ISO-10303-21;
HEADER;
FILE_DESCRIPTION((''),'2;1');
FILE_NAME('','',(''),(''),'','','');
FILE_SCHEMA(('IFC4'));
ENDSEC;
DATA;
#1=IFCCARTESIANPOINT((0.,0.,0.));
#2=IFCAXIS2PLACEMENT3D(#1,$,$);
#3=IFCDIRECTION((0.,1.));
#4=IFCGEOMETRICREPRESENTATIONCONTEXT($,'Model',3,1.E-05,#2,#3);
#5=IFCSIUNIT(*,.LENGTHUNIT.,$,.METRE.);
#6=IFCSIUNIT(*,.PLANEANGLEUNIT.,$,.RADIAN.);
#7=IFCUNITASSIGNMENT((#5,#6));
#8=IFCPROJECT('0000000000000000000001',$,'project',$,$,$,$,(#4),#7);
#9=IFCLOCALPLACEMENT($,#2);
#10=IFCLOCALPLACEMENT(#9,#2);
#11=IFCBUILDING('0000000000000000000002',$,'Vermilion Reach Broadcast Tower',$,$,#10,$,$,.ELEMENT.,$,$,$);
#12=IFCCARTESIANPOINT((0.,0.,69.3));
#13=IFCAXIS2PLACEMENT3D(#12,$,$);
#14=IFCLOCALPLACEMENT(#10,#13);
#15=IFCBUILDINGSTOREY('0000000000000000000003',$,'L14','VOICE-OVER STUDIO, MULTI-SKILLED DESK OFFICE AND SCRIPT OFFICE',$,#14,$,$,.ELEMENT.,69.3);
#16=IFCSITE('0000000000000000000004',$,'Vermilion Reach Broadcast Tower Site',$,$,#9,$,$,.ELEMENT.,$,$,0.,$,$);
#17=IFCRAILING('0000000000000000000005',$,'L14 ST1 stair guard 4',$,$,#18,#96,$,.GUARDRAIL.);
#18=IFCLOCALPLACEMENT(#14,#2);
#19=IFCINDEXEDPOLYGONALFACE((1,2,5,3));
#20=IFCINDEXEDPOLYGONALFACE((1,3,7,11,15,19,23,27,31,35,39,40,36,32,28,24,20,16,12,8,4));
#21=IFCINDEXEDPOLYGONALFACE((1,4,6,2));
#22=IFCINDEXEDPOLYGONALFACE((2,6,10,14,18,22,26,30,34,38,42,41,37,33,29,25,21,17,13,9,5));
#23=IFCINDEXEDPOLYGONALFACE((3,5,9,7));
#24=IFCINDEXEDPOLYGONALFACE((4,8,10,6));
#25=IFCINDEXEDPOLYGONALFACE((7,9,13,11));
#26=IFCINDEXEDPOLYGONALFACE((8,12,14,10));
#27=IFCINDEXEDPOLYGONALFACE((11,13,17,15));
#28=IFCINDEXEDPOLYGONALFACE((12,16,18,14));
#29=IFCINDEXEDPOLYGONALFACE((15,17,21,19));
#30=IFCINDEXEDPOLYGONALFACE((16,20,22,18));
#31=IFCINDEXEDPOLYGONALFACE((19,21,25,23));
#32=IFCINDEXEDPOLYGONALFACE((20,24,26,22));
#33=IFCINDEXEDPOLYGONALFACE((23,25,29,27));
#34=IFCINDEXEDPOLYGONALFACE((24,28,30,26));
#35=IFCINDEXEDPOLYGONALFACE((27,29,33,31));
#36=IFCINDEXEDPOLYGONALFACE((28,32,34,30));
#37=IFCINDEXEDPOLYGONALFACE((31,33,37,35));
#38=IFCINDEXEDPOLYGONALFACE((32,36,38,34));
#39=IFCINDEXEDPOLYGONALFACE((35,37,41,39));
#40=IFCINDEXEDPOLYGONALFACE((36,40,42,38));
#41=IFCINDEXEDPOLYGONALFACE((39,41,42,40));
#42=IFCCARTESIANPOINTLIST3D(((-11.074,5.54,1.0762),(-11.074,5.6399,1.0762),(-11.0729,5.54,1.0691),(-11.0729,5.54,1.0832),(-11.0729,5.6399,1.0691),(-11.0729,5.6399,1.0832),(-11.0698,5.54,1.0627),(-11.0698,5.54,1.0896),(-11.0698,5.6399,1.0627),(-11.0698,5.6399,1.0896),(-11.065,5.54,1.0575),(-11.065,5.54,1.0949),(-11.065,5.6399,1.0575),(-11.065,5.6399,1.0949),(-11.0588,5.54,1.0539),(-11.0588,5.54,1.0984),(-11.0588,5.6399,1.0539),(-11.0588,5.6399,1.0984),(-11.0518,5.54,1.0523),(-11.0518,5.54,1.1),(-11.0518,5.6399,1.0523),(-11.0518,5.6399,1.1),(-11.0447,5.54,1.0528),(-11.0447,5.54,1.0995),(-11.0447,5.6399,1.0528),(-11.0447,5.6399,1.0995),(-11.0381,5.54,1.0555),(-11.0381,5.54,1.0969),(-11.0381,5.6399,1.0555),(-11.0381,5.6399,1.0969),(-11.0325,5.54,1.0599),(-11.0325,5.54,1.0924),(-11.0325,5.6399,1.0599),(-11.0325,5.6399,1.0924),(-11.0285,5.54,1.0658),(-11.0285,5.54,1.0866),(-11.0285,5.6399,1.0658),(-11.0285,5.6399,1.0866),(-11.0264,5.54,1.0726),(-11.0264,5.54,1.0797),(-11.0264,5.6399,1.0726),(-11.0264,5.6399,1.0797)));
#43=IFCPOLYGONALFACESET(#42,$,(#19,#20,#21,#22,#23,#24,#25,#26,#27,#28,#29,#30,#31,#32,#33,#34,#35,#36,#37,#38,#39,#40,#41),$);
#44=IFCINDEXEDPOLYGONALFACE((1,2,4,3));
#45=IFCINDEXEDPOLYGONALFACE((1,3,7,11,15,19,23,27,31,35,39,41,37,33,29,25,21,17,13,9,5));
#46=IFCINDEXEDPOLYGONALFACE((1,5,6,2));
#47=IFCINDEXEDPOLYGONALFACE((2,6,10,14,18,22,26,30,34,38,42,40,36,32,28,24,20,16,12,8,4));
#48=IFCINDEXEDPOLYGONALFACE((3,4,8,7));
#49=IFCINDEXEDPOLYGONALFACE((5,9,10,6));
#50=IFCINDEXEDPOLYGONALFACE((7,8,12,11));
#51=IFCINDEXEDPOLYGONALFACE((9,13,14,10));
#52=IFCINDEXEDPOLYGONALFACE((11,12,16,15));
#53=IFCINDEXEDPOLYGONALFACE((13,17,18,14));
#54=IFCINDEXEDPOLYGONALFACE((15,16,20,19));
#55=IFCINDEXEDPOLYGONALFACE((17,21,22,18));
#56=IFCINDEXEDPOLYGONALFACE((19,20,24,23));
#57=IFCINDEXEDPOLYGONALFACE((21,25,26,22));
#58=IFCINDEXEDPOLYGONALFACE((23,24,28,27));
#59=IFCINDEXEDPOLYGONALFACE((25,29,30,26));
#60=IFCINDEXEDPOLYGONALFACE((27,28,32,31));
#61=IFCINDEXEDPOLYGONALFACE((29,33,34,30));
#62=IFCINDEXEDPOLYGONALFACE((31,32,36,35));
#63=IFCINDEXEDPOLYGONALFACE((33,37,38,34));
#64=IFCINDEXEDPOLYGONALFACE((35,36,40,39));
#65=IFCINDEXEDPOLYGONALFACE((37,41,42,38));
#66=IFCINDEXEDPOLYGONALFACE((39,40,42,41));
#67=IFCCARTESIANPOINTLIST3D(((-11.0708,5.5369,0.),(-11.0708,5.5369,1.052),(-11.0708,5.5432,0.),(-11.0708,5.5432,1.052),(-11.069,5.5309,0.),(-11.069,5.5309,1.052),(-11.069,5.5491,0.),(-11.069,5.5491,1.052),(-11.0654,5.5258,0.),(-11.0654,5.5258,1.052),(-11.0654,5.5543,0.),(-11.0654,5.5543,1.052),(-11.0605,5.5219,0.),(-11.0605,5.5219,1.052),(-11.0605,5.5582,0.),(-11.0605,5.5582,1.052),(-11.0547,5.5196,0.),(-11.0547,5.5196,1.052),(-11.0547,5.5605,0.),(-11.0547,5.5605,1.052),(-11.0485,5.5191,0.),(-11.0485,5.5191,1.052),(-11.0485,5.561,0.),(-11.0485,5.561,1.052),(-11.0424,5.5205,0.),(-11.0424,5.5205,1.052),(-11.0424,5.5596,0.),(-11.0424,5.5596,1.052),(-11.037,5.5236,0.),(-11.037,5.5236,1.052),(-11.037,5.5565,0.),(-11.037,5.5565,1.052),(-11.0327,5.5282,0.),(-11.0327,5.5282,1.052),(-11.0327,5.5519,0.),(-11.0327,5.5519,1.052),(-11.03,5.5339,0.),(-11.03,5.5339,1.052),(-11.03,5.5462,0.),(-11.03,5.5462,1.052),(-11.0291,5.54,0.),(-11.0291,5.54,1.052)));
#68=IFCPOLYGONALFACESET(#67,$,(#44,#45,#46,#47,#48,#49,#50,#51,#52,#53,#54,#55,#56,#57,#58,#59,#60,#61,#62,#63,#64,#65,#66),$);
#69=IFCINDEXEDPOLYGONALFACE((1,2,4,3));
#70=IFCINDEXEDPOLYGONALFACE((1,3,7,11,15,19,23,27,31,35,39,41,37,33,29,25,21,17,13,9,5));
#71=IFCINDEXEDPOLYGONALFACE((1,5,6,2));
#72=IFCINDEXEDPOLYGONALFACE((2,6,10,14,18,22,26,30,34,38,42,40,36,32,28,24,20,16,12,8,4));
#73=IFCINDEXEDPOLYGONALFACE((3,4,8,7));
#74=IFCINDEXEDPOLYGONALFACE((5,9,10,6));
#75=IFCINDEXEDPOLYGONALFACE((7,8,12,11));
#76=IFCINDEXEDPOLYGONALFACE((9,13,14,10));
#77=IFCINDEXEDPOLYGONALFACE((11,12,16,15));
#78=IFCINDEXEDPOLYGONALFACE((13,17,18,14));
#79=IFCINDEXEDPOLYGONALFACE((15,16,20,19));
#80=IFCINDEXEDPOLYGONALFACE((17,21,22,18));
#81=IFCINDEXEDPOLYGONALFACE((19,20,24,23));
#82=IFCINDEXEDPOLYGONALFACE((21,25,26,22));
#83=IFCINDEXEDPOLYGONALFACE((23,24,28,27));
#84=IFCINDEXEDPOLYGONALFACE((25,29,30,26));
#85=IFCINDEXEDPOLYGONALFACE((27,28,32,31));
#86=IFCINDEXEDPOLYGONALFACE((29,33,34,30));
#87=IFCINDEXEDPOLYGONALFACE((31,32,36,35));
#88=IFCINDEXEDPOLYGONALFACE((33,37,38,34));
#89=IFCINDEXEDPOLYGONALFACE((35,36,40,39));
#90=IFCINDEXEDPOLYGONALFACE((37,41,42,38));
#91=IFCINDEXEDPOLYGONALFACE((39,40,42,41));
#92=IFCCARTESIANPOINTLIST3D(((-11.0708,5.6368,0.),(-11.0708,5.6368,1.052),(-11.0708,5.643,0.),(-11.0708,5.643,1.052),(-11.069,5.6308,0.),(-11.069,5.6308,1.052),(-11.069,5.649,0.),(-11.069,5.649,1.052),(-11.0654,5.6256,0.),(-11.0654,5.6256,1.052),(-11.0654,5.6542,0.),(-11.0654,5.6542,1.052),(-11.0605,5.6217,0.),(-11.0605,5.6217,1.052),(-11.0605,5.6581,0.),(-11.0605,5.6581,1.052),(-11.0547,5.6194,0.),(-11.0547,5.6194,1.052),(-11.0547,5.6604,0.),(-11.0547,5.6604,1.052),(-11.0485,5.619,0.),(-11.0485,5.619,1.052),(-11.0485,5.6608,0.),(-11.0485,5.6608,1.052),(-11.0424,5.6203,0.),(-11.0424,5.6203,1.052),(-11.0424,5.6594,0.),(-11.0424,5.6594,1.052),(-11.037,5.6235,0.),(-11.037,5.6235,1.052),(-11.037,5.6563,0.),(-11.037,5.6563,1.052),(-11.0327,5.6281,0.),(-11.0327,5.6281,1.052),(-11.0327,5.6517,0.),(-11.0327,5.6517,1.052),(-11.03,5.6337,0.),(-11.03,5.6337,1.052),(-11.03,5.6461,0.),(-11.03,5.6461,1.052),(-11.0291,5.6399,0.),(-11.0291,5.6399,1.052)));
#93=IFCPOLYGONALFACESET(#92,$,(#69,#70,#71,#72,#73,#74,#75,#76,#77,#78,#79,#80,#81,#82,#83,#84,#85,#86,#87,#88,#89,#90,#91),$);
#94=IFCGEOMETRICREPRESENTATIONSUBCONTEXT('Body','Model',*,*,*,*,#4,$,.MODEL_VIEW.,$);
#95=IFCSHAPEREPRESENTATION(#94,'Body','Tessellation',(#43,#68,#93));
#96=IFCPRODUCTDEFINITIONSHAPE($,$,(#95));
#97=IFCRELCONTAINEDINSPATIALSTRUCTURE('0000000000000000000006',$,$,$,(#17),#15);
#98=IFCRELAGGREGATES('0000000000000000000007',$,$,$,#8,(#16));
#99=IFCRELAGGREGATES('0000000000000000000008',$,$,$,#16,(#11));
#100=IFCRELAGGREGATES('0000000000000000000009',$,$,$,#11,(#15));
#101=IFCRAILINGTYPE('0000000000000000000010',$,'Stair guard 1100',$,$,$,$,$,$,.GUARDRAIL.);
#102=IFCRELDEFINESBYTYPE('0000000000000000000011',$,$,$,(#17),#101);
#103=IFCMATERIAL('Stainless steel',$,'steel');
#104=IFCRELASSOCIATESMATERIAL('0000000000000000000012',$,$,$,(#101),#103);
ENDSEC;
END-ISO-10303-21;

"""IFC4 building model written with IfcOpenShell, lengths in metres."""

from ifc_helpers import new_model, si_unit, direction, frame, origin, origin_2d, place, context, subcontext, project, spatial, circle, extrude, material, type_object, element, save


model = new_model("IFC4")

# Units and contexts
model_context = context("Model", 3, precision=1e-05, world=origin(), true_north=direction((0.0, 1.0)))
body_context = subcontext(model_context, "Body", "Model", "MODEL_VIEW")
ifc_project = project(units=[si_unit("LENGTHUNIT", "METRE"), si_unit("PLANEANGLEUNIT", "RADIAN")], contexts=[model_context])

# Site, building, storey
site_placement = place(None, origin())
site = spatial("IfcSite", under=ifc_project, at=site_placement, Name="Vermilion Reach Broadcast Tower Site", CompositionType="ELEMENT", RefElevation=0.0)
building_placement = place(site_placement, origin())
building = spatial("IfcBuilding", under=site, at=building_placement, Name="Vermilion Reach Broadcast Tower", CompositionType="ELEMENT")
storey_placement = place(building_placement, frame((0.0, 0.0, 69.3)))
storey = spatial("IfcBuildingStorey", under=building, at=storey_placement, Name="L14", Description="VOICE-OVER STUDIO, MULTI-SKILLED DESK OFFICE AND SCRIPT OFFICE", CompositionType="ELEMENT", Elevation=69.3)

# Railing
ifc_material_1 = material(Name="Stainless steel", Category="steel")
railing_type_1 = type_object("IfcRailingType", Name="Stair guard 1100", PredefinedType="GUARDRAIL", material=ifc_material_1)
railing_1_placement = place(storey_placement, frame((-11.05, 5.54, 0.0)))
element("IfcRailing", 1, at=railing_1_placement, inside=storey, type_object=railing_type_1, Name="L14 ST1 stair guard 4", PredefinedType="GUARDRAIL", context=body_context, shape_type="SweptSolid", body=[
    extrude(circle(Radius=0.0239, at=origin_2d()), frame((0.0, 0.0, 1.0762), z_axis=(0.0, 1.0, 0.0), x_axis=(-1.0, 0.0, 0.0)), (0.0, 0.0, 1.0), 0.0999),
    extrude(circle(Radius=0.021, at=origin_2d()), origin(), (0.0, 0.0, 1.0), 1.052),
    extrude(circle(Radius=0.021, at=origin_2d()), frame((0.0, 0.0999, 0.0)), (0.0, 0.0, 1.0), 1.052),
])

save(model, "model.ifc")
